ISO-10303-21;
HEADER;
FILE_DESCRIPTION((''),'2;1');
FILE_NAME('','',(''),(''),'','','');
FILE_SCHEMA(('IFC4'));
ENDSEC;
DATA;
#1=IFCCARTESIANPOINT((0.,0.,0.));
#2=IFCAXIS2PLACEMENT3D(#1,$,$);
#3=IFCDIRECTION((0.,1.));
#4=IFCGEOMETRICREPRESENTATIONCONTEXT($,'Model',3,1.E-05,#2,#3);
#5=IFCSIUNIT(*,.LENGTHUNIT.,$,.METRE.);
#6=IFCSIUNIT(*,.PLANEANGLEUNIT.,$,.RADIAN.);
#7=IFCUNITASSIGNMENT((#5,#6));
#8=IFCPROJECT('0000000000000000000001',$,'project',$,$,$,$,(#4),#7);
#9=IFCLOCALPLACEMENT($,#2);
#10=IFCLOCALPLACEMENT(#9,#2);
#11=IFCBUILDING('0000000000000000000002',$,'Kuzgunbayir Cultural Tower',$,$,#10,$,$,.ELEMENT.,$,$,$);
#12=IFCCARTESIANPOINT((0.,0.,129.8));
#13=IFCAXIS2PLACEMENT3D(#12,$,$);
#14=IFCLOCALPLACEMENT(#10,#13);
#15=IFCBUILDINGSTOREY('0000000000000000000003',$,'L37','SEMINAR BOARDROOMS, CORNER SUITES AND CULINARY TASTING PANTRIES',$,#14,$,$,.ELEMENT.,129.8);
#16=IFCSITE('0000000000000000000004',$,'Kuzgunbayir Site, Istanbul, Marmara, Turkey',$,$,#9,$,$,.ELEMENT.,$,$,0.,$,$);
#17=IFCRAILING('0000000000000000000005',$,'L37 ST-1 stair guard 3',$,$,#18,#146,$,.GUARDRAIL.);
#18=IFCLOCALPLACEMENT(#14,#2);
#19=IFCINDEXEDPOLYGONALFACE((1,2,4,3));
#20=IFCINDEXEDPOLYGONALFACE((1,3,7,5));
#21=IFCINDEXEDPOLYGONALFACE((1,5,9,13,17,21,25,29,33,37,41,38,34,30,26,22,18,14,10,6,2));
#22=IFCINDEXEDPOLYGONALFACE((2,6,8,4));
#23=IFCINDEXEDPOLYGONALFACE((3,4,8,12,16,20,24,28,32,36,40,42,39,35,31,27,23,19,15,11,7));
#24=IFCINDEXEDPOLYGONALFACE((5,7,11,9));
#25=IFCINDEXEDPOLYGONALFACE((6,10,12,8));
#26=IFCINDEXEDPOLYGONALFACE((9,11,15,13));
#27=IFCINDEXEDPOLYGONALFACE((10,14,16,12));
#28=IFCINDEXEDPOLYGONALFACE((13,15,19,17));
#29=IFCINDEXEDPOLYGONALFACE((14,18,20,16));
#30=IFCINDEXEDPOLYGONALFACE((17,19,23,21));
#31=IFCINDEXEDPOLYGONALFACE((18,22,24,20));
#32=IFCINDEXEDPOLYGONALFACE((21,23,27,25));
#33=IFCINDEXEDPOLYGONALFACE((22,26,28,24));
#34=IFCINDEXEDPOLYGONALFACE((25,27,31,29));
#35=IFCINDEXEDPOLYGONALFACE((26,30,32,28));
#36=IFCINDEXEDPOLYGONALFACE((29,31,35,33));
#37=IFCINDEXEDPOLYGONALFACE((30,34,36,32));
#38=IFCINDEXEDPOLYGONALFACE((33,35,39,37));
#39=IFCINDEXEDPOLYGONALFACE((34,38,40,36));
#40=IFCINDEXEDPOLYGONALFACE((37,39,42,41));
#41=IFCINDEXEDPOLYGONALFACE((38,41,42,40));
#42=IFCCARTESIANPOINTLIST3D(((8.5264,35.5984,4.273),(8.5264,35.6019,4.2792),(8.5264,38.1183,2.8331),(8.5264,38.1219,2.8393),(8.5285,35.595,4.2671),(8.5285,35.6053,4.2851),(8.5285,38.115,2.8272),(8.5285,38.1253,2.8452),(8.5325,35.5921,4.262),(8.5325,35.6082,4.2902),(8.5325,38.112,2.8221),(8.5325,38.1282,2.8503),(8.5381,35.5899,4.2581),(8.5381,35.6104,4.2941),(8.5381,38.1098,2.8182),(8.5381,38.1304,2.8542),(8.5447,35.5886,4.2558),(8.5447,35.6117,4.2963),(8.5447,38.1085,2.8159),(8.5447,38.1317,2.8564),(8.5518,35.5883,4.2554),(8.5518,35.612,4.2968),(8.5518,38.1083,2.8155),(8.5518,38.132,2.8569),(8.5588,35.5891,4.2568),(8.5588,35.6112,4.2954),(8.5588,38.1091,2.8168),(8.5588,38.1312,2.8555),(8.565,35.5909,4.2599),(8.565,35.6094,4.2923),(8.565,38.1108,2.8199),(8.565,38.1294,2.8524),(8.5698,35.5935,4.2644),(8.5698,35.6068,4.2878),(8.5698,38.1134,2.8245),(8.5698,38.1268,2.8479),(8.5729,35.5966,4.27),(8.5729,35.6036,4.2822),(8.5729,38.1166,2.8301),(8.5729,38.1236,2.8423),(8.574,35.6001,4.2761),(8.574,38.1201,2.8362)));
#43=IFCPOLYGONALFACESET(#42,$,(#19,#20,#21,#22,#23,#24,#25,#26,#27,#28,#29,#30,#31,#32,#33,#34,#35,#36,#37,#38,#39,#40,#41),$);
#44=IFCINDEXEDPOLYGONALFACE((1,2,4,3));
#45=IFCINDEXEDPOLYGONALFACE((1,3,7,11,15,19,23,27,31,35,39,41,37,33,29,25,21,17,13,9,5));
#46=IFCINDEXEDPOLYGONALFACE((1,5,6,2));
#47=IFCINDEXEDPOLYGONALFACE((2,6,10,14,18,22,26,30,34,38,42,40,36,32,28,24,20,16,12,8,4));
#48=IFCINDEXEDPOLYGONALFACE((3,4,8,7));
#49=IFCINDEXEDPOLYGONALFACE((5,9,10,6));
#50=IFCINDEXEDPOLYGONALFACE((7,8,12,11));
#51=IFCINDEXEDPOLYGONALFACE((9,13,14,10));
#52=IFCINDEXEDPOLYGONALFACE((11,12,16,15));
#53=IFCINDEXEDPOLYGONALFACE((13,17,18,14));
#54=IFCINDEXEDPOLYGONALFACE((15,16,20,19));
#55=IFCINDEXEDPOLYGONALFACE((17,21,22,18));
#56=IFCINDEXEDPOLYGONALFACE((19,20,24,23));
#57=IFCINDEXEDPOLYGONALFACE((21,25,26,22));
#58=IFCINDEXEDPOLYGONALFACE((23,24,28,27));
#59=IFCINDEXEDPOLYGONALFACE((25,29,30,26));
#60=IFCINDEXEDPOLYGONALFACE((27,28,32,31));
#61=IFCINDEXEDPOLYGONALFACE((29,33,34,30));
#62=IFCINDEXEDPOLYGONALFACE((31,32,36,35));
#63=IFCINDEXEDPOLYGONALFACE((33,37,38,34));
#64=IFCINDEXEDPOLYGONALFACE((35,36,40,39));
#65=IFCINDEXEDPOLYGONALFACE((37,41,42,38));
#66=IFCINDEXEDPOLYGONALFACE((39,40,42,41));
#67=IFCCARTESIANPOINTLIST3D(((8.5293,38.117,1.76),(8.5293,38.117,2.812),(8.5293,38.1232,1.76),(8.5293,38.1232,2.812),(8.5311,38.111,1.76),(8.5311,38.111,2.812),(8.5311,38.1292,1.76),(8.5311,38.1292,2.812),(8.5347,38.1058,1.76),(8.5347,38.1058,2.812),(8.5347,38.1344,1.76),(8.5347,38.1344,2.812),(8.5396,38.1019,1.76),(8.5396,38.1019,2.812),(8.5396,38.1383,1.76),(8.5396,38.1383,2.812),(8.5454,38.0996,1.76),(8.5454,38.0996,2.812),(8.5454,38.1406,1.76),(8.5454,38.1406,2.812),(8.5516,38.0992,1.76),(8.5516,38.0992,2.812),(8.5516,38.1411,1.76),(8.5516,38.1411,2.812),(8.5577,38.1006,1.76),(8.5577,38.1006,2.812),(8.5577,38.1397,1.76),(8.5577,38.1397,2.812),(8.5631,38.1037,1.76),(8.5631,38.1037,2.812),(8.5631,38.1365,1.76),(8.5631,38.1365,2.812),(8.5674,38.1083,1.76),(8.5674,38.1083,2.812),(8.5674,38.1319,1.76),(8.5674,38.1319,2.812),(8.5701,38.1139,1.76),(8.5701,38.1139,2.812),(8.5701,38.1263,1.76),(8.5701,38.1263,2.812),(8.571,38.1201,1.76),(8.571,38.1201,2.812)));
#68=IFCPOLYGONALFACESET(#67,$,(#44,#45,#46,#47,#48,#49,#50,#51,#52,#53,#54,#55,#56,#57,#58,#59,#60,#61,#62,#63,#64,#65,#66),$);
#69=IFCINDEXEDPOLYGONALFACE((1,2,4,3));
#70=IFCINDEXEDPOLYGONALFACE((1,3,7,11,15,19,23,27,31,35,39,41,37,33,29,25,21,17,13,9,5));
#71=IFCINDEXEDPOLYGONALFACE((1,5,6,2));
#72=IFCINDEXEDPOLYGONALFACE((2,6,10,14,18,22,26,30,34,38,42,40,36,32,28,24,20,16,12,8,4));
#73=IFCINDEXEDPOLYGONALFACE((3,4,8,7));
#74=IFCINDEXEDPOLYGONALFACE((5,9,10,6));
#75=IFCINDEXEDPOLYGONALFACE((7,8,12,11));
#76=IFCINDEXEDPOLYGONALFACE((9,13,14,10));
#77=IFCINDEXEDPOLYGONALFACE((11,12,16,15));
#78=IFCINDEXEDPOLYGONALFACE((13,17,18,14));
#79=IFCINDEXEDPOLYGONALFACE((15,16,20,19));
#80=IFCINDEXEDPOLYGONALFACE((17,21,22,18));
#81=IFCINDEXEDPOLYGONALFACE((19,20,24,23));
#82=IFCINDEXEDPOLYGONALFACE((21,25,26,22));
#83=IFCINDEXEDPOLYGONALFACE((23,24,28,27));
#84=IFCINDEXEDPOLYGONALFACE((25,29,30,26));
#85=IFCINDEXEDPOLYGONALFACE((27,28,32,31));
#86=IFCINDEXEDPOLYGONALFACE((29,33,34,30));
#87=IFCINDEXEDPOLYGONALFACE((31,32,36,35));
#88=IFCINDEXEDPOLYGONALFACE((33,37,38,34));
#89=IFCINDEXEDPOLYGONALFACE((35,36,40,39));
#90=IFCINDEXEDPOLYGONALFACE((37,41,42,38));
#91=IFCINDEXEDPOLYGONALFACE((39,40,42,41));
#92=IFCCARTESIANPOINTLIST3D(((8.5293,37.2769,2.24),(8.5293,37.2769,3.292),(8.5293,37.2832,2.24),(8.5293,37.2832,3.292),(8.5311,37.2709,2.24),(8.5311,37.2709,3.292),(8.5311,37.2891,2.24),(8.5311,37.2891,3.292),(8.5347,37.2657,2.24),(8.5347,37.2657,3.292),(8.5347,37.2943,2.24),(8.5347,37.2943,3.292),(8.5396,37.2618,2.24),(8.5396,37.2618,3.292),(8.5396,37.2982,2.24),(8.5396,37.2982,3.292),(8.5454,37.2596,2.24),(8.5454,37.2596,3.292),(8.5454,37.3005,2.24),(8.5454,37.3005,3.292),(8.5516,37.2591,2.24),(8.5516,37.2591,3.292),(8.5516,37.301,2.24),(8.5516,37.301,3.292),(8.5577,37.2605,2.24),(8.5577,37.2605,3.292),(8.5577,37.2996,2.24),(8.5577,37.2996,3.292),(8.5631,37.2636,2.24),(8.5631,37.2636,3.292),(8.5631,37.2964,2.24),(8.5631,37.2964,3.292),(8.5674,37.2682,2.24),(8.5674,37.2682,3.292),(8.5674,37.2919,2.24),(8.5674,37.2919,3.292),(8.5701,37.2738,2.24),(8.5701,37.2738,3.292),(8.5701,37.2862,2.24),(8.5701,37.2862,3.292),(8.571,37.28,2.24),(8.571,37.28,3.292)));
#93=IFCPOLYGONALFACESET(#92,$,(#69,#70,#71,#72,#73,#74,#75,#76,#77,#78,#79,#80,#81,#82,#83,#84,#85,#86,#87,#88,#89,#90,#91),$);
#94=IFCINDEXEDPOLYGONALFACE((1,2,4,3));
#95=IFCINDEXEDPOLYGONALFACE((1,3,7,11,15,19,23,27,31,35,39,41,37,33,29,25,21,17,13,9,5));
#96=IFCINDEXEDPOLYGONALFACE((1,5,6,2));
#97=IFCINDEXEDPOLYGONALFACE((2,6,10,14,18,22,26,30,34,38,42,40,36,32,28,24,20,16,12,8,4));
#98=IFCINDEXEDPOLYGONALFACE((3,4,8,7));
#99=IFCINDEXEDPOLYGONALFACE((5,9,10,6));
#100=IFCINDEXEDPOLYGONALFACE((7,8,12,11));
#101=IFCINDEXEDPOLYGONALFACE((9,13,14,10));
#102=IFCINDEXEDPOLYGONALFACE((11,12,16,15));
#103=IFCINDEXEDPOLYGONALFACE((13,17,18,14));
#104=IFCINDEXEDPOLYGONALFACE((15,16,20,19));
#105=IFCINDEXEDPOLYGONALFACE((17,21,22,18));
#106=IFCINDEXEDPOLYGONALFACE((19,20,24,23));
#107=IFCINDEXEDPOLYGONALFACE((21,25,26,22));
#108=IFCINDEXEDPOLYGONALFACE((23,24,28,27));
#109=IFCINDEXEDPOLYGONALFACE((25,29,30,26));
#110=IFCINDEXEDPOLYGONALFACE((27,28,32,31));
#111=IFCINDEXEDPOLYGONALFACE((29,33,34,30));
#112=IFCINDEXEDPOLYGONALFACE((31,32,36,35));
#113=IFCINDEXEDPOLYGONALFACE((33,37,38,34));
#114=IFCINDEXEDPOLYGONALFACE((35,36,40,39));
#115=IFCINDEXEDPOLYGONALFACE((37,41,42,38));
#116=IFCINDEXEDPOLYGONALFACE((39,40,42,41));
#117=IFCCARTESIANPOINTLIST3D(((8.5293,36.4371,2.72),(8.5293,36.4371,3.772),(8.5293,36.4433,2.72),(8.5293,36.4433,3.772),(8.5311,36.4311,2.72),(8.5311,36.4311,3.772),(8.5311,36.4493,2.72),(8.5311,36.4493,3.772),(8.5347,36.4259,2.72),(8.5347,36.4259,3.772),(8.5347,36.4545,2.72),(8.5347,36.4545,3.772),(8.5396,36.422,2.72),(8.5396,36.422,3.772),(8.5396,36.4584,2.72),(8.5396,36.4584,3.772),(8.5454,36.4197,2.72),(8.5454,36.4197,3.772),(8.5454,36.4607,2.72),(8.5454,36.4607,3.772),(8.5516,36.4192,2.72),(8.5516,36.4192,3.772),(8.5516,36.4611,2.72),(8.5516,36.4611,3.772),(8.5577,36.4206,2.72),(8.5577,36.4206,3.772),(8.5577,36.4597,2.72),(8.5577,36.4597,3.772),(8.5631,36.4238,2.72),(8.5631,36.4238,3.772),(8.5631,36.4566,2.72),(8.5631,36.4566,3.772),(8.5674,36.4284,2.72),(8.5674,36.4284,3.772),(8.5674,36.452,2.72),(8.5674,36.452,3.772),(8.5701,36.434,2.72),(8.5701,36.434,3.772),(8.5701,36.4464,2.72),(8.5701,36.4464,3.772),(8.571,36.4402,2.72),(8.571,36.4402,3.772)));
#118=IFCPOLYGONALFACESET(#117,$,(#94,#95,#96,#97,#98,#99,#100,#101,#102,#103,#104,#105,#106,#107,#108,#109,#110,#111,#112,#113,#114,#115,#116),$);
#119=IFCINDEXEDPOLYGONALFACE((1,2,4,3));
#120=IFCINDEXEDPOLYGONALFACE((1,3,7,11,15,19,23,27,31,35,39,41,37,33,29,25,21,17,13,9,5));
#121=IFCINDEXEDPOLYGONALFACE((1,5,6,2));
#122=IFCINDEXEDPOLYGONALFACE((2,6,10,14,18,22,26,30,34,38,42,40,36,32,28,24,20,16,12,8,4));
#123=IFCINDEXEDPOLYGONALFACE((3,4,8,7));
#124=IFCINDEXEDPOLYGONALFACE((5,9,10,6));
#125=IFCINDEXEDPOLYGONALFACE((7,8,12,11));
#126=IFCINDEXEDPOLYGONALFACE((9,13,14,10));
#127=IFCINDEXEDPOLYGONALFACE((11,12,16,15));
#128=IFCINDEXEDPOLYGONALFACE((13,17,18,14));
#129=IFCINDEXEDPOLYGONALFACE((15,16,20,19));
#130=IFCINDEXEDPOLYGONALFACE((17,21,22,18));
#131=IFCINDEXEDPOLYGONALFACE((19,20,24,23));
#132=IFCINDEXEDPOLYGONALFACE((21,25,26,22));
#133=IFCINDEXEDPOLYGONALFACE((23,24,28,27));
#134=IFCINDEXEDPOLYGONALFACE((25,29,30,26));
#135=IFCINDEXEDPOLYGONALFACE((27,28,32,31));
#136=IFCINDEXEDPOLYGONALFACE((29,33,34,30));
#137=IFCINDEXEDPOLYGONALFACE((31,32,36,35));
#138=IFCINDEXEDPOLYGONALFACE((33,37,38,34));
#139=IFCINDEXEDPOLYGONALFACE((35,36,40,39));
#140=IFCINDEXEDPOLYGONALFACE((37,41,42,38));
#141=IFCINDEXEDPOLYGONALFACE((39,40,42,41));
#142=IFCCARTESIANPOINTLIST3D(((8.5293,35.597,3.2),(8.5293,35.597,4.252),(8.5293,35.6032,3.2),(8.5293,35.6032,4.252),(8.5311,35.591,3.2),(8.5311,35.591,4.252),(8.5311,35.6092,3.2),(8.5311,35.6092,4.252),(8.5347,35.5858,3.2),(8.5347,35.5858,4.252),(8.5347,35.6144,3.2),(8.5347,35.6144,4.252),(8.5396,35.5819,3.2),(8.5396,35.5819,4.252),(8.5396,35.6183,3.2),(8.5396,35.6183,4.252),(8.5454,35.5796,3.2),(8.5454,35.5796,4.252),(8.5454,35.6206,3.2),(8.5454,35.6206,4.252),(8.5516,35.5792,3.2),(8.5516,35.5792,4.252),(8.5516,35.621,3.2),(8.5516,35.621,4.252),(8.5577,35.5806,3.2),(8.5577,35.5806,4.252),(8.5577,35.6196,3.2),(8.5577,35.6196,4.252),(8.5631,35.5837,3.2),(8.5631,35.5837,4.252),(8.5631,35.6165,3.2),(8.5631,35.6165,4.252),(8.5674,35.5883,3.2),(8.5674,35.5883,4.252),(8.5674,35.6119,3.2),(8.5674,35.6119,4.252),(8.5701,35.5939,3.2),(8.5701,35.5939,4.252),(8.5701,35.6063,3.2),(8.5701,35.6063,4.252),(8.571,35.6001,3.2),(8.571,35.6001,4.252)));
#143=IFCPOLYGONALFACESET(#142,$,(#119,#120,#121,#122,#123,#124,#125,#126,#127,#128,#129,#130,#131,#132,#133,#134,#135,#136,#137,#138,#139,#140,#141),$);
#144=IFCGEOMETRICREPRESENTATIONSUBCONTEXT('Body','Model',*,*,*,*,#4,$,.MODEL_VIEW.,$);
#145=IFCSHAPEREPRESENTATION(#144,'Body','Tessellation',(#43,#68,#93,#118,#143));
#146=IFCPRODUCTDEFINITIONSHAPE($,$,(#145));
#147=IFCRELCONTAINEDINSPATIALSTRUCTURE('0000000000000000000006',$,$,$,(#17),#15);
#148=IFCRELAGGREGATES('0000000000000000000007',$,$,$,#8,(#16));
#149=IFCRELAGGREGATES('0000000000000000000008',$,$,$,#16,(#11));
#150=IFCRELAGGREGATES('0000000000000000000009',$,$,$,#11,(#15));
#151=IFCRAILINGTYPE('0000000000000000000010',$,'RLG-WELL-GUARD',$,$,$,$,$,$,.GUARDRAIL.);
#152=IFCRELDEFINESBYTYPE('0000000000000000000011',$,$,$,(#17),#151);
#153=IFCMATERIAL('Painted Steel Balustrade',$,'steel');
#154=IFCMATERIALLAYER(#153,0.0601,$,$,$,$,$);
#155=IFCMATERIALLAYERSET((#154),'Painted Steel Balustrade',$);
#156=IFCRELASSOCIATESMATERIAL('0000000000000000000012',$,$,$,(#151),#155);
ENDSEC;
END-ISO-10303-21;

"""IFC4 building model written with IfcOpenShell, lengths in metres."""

from ifc_helpers import new_model, si_unit, direction, frame, origin, origin_2d, place, context, subcontext, project, spatial, circle, extrude, material, layer, layer_set, type_object, element, save


model = new_model("IFC4")

# Units and contexts
model_context = context("Model", 3, precision=1e-05, world=origin(), true_north=direction((0.0, 1.0)))
body_context = subcontext(model_context, "Body", "Model", "MODEL_VIEW")
ifc_project = project(units=[si_unit("LENGTHUNIT", "METRE"), si_unit("PLANEANGLEUNIT", "RADIAN")], contexts=[model_context])

# Site, building, storey
site_placement = place(None, origin())
site = spatial("IfcSite", under=ifc_project, at=site_placement, Name="Kuzgunbayir Site, Istanbul, Marmara, Turkey", CompositionType="ELEMENT", RefElevation=0.0)
building_placement = place(site_placement, origin())
building = spatial("IfcBuilding", under=site, at=building_placement, Name="Kuzgunbayir Cultural Tower", CompositionType="ELEMENT")
storey_placement = place(building_placement, frame((0.0, 0.0, 129.8)))
storey = spatial("IfcBuildingStorey", under=building, at=storey_placement, Name="L37", Description="SEMINAR BOARDROOMS, CORNER SUITES AND CULINARY TASTING PANTRIES", CompositionType="ELEMENT", Elevation=129.8)

# Railing
ifc_material_1 = material(Name="Painted Steel Balustrade", Category="steel")
ifc_layer_1 = layer(ifc_material_1, 0.0601)
ifc_layer_set_1 = layer_set([ifc_layer_1], Name="Painted Steel Balustrade")
railing_type_1 = type_object("IfcRailingType", Name="RLG-WELL-GUARD", PredefinedType="GUARDRAIL", material=ifc_layer_set_1)
railing_1_placement = place(storey_placement, frame((8.55, 38.1201, 1.76)))
element("IfcRailing", 1, at=railing_1_placement, inside=storey, type_object=railing_type_1, Name="L37 ST-1 stair guard 3", PredefinedType="GUARDRAIL", context=body_context, shape_type="SweptSolid", body=[
    extrude(circle(Radius=0.0239, at=origin_2d()), frame((0.0, 0.0, 1.0762), z_axis=(0.0, -0.868253, 0.496121), x_axis=(1.0, 0.0, 0.0)), (0.0, 0.0, 1.0), 2.9023),
    extrude(circle(Radius=0.021, at=origin_2d()), origin(), (0.0, 0.0, 1.0), 1.052),
    extrude(circle(Radius=0.021, at=origin_2d()), frame((0.0, -0.8401, 0.48)), (0.0, 0.0, 1.0), 1.052),
    extrude(circle(Radius=0.021, at=origin_2d()), frame((0.0, -1.6799, 0.96)), (0.0, 0.0, 1.0), 1.052),
    extrude(circle(Radius=0.021, at=origin_2d()), frame((0.0, -2.52, 1.4399)), (0.0, 0.0, 1.0), 1.052),
])

save(model, "model.ifc")
